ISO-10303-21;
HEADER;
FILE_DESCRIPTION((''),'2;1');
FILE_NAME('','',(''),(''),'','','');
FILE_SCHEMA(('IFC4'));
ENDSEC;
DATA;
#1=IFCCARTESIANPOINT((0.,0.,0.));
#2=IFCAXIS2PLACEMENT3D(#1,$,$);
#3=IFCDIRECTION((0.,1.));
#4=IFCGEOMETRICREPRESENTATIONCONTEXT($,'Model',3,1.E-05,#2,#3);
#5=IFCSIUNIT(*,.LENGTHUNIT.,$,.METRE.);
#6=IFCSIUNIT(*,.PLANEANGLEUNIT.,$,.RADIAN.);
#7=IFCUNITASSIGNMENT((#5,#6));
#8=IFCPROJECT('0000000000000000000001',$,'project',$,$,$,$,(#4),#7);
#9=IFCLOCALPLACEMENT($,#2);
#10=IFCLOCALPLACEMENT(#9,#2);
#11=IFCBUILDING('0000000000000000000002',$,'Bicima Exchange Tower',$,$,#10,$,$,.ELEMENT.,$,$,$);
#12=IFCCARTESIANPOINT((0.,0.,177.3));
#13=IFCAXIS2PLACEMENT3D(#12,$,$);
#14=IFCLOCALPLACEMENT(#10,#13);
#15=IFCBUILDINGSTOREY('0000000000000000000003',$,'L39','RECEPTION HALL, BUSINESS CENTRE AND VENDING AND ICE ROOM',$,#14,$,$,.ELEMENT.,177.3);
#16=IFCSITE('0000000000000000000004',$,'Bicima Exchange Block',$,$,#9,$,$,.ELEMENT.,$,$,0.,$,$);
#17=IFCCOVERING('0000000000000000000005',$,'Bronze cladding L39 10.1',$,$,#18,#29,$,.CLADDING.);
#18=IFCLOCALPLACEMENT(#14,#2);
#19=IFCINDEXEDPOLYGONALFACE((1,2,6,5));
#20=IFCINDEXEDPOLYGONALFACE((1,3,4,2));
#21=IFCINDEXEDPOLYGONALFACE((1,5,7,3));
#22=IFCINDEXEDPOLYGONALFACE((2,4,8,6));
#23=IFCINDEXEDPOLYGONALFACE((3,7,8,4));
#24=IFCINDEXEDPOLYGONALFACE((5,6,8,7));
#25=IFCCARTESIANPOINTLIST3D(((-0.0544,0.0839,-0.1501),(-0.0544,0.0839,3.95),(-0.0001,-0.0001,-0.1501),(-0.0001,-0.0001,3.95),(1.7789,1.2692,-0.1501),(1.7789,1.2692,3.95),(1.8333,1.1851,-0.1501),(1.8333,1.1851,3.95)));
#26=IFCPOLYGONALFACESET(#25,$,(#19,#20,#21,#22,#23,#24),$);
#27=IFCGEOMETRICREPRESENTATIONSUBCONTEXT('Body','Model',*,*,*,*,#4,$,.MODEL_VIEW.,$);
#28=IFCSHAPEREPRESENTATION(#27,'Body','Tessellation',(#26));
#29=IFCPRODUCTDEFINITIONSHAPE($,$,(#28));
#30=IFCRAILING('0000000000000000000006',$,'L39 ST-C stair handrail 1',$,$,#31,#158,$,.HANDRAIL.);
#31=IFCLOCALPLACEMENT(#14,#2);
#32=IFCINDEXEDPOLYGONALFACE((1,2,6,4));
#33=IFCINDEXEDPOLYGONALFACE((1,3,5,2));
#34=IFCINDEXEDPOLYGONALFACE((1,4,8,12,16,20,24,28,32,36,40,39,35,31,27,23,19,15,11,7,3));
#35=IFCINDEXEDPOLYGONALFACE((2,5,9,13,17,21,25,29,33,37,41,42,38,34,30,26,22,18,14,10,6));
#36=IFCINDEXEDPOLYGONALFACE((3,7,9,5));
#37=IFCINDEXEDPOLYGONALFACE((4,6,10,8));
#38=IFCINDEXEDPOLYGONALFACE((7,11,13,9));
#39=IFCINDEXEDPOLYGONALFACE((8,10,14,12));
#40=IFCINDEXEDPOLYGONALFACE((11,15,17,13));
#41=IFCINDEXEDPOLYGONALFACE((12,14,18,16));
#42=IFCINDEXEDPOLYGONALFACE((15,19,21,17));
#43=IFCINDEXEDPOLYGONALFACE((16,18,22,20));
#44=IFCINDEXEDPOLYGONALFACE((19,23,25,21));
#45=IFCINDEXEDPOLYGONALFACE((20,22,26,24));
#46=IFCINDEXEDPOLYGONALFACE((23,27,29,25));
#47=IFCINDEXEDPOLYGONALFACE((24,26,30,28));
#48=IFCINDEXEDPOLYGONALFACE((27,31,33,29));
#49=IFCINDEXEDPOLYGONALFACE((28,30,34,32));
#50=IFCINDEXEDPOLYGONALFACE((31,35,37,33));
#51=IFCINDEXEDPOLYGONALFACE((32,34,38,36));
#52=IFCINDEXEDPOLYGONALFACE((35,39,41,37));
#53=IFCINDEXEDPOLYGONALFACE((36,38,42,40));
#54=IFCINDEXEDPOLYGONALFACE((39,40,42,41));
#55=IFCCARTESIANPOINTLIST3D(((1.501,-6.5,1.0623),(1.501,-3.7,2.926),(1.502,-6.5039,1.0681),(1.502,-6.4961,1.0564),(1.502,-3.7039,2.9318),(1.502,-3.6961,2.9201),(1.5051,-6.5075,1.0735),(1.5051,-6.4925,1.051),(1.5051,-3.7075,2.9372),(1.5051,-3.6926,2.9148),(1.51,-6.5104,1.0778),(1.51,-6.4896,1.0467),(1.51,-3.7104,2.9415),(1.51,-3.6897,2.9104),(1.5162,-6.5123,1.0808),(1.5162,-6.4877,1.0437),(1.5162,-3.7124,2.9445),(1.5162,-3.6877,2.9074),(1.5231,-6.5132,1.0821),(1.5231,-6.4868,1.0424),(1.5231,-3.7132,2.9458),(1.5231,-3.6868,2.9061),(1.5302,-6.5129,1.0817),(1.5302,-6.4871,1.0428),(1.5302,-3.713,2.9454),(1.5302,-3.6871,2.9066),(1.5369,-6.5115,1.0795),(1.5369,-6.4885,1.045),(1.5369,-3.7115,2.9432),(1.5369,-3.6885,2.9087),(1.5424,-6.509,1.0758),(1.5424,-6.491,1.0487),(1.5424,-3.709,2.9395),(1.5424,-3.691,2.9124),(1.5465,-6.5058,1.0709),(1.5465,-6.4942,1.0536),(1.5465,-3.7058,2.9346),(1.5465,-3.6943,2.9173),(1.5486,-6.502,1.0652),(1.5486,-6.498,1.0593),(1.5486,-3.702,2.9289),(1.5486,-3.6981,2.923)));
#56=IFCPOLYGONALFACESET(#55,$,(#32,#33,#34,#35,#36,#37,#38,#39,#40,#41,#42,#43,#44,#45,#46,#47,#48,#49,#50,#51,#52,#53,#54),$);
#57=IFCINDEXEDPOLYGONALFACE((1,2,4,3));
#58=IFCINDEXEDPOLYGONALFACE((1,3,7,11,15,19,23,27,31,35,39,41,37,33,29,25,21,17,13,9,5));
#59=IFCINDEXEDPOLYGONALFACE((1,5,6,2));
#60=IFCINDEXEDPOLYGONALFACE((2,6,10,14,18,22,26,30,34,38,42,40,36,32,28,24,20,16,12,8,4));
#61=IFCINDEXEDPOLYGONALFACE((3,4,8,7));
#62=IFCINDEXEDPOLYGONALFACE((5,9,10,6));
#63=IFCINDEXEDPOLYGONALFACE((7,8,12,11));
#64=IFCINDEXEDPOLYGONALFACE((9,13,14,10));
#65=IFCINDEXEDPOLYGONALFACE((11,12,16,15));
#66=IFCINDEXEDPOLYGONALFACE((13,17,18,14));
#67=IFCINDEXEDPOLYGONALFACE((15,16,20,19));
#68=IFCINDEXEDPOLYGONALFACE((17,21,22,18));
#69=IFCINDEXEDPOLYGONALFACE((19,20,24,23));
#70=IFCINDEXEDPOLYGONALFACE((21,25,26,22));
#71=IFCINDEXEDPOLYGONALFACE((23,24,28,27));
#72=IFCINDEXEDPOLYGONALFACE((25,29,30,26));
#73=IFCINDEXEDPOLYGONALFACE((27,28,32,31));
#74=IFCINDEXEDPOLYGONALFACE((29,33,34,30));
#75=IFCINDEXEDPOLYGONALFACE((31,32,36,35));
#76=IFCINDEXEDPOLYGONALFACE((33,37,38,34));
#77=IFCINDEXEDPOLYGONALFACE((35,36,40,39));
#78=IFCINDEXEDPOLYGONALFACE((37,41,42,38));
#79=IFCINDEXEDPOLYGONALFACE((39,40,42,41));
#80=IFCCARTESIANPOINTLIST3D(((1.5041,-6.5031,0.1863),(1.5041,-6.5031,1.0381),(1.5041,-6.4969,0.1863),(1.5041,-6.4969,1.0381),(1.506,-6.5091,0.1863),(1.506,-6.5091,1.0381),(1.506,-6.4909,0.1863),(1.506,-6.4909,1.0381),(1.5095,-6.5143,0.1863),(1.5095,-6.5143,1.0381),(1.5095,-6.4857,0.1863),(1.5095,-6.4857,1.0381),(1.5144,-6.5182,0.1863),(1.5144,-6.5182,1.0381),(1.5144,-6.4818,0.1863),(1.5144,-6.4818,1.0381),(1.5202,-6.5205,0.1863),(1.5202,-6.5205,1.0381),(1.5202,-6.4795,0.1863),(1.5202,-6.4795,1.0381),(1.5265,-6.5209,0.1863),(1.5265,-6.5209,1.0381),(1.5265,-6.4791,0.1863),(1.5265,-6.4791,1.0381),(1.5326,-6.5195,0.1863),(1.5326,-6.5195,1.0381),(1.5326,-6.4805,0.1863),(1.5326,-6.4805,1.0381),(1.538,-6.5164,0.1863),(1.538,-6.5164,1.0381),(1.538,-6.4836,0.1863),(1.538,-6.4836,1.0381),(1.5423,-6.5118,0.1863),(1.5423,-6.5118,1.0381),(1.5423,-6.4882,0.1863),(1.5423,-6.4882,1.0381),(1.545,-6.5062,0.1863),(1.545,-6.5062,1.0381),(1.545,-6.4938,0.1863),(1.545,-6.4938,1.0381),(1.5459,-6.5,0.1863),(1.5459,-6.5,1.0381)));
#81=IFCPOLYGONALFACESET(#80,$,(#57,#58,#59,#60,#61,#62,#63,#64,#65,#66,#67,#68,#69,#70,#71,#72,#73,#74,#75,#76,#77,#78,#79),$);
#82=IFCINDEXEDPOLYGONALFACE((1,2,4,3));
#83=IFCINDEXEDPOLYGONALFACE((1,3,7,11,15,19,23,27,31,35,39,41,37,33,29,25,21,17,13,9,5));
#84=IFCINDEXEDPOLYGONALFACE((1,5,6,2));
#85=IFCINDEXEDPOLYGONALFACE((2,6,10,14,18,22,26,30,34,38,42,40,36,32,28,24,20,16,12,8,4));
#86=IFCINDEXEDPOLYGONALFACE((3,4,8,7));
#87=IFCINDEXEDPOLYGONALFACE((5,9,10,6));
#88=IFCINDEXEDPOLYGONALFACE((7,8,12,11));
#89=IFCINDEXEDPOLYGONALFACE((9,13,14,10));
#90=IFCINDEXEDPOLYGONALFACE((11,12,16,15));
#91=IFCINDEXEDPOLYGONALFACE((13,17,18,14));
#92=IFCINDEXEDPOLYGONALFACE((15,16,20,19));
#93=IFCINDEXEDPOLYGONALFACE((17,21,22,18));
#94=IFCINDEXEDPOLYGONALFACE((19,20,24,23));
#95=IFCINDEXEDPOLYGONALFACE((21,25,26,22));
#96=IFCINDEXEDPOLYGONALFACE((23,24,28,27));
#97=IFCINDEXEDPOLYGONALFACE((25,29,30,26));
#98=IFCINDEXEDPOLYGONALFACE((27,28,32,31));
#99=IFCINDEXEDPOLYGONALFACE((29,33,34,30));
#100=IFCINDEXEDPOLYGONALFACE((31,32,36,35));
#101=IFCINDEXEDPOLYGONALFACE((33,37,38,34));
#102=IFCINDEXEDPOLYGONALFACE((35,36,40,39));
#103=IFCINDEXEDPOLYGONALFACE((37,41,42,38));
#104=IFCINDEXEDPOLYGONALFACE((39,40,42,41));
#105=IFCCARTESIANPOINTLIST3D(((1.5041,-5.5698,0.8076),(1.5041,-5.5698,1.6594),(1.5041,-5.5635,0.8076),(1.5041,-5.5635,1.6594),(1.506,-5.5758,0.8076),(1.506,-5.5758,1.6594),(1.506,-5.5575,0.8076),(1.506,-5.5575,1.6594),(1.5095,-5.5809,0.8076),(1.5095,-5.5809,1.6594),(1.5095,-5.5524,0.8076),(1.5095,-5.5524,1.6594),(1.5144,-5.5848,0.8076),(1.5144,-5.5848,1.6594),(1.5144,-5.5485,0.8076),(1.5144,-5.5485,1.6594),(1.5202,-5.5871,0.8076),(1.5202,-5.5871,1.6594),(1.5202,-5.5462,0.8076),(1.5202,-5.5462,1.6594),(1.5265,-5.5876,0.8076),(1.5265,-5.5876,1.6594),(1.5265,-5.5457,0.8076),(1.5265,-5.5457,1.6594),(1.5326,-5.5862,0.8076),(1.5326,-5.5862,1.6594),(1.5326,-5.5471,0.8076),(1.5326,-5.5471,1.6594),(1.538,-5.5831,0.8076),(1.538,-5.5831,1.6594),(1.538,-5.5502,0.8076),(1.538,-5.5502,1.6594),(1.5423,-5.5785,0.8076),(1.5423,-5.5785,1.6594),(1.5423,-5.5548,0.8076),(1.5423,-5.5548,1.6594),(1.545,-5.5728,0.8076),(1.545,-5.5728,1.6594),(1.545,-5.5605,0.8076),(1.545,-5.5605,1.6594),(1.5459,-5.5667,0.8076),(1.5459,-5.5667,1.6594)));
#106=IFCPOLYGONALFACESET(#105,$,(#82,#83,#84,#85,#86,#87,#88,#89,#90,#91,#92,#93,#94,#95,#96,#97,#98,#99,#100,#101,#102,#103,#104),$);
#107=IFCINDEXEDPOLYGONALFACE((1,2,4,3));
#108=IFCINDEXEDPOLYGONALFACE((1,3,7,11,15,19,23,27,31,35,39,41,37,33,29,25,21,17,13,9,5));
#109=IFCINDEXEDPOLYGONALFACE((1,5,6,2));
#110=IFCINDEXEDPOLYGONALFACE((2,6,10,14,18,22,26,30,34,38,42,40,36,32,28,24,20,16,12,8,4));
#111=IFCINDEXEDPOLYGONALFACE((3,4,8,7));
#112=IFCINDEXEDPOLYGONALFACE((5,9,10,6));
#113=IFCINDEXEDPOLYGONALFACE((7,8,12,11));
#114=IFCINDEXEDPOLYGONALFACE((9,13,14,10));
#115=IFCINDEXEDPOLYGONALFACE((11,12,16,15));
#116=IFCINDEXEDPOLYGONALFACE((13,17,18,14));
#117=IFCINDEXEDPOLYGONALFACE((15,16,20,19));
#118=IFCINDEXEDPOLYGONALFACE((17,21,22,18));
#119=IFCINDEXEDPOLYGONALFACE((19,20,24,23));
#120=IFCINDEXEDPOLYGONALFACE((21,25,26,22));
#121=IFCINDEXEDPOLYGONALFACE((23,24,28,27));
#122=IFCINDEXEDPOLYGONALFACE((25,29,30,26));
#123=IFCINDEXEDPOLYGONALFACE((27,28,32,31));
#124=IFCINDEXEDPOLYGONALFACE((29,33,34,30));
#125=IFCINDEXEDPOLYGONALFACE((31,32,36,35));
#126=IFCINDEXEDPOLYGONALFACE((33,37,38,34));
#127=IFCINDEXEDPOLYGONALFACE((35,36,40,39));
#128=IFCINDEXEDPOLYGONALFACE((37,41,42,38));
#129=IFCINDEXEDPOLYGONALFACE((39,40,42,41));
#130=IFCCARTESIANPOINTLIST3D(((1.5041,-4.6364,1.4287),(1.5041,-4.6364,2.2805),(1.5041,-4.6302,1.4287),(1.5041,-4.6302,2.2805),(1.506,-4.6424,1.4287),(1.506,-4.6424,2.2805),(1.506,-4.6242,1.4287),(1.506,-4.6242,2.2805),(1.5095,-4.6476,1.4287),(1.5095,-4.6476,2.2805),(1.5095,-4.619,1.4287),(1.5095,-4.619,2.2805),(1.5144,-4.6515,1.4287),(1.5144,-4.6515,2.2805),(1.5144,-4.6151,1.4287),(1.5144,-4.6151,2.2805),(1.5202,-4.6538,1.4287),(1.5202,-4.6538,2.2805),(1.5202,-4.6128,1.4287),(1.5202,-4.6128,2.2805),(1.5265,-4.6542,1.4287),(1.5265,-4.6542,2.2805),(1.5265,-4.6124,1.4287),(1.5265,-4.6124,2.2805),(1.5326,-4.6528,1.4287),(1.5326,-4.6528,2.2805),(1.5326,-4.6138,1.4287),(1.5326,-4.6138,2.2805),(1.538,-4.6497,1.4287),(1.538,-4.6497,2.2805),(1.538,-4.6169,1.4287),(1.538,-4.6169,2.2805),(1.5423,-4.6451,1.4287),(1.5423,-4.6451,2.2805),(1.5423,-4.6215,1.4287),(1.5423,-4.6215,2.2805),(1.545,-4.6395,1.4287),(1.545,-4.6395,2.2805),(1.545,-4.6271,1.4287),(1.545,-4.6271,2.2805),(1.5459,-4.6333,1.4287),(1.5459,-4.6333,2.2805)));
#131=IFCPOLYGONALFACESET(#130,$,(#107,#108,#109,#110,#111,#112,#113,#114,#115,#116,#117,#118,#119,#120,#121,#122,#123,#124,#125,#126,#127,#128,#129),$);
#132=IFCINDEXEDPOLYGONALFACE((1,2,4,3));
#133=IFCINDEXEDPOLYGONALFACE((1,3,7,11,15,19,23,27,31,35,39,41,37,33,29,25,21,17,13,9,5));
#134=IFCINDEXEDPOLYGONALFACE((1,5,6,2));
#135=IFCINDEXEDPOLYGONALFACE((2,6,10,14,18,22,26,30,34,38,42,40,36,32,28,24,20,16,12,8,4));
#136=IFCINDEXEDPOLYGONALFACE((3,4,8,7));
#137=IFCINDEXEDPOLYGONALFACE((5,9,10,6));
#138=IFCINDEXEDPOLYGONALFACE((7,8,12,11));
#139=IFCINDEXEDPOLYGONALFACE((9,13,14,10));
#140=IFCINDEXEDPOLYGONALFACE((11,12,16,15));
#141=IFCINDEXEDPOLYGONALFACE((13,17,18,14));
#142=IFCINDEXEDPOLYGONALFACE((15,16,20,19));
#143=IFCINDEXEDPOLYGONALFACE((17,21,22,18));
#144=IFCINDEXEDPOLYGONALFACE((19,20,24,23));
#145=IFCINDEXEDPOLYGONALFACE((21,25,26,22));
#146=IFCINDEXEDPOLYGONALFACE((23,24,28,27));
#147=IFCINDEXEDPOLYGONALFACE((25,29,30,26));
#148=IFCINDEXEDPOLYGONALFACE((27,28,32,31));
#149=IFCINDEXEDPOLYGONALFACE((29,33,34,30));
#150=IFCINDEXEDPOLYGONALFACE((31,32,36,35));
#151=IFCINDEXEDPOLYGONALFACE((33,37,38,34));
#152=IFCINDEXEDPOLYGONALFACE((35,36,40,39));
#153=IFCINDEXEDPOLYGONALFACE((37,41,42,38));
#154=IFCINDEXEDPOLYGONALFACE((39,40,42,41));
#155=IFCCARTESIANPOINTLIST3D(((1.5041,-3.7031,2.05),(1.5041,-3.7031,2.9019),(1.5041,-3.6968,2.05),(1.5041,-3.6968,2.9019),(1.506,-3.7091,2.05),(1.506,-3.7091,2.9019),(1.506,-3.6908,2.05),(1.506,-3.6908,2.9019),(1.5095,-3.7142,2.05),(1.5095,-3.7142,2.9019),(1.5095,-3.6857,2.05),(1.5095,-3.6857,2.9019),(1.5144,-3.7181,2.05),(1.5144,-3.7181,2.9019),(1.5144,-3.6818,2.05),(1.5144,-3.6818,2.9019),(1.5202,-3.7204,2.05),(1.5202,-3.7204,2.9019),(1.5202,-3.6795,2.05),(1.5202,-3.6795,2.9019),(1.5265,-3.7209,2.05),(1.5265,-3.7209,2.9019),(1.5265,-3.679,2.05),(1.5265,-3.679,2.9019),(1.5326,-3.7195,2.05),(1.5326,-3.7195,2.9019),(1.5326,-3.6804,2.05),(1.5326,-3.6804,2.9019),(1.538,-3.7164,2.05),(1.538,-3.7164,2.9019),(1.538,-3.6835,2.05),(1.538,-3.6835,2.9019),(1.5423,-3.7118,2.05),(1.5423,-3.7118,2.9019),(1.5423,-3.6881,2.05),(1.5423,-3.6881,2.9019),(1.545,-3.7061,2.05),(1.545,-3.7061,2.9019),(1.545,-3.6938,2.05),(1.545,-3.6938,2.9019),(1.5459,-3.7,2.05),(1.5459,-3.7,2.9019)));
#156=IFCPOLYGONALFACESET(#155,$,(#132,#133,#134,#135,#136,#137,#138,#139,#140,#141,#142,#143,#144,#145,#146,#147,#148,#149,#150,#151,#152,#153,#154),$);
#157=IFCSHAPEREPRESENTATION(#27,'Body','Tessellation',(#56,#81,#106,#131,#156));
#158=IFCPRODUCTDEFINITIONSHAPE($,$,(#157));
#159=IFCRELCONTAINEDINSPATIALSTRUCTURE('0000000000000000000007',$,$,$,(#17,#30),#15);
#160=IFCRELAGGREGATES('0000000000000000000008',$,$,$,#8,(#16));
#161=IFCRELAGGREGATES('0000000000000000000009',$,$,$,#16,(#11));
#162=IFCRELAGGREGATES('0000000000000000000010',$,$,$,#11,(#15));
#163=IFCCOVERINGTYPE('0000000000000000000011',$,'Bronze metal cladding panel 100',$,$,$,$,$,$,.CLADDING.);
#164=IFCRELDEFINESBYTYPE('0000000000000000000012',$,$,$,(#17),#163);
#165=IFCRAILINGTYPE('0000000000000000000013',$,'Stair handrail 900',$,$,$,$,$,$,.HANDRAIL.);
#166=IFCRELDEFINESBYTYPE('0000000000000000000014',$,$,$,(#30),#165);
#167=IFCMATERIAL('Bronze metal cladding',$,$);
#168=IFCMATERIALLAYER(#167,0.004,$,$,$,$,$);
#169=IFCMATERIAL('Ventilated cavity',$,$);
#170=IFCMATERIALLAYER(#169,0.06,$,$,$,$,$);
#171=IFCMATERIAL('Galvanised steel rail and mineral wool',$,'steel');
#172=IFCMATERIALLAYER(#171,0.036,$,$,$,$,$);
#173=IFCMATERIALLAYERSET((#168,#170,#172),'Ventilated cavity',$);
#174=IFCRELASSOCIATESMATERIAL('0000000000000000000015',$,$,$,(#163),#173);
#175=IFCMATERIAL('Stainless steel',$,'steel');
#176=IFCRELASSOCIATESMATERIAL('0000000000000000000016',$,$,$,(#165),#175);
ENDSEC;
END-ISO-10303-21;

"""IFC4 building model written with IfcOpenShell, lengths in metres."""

from ifc_helpers import new_model, si_unit, direction, frame, origin, origin_2d, place, context, subcontext, project, spatial, rectangle, circle, extrude, material, layer, layer_set, type_object, element, save


model = new_model("IFC4")

# Units and contexts
model_context = context("Model", 3, precision=1e-05, world=origin(), true_north=direction((0.0, 1.0)))
body_context = subcontext(model_context, "Body", "Model", "MODEL_VIEW")
ifc_project = project(units=[si_unit("LENGTHUNIT", "METRE"), si_unit("PLANEANGLEUNIT", "RADIAN")], contexts=[model_context])

# Site, building, storey
site_placement = place(None, origin())
site = spatial("IfcSite", under=ifc_project, at=site_placement, Name="Bicima Exchange Block", CompositionType="ELEMENT", RefElevation=0.0)
building_placement = place(site_placement, origin())
building = spatial("IfcBuilding", under=site, at=building_placement, Name="Bicima Exchange Tower", CompositionType="ELEMENT")
storey_placement = place(building_placement, frame((0.0, 0.0, 177.3)))
storey = spatial("IfcBuildingStorey", under=building, at=storey_placement, Name="L39", Description="RECEPTION HALL, BUSINESS CENTRE AND VENDING AND ICE ROOM", CompositionType="ELEMENT", Elevation=177.3)

# Shared definitions
ifc_material_1 = material(Name="Stainless steel", Category="steel")

# Covering
ifc_material_2 = material(Name="Bronze metal cladding")
ifc_layer_1 = layer(ifc_material_2, 0.004)
ifc_material_3 = material(Name="Ventilated cavity")
ifc_layer_2 = layer(ifc_material_3, 0.06)
ifc_material_4 = material(Name="Galvanised steel rail and mineral wool", Category="steel")
ifc_layer_3 = layer(ifc_material_4, 0.036)
ifc_layer_set_1 = layer_set([ifc_layer_1, ifc_layer_2, ifc_layer_3], Name="Ventilated cavity")
covering_type = type_object("IfcCoveringType", Name="Bronze metal cladding panel 100", PredefinedType="CLADDING", material=ifc_layer_set_1)
covering_1_placement = place(storey_placement, frame((0.8894, 0.6345, -0.1501), z_axis=(0.0, 0.0, 1.0), x_axis=(-0.83979, -0.542911, 0.0)))
element("IfcCovering", 1, at=covering_1_placement, inside=storey, type_object=covering_type, Name="Bronze cladding L39 10.1", PredefinedType="CLADDING", context=body_context, shape_type="SweptSolid", body=[
    extrude(rectangle(XDim=2.1831, YDim=0.1001, at=origin_2d()), origin(), (0.0, 0.0, 1.0), 4.1001),
])

# Railing
railing_type_1 = type_object("IfcRailingType", Name="Stair handrail 900", PredefinedType="HANDRAIL", material=ifc_material_1)
railing_1_placement = place(storey_placement, frame((1.5249, -6.5, 0.1863)))
element("IfcRailing", 2, at=railing_1_placement, inside=storey, type_object=railing_type_1, Name="L39 ST-C stair handrail 1", PredefinedType="HANDRAIL", context=body_context, shape_type="SweptSolid", body=[
    extrude(circle(Radius=0.0239, at=origin_2d()), frame((0.0, 0.0, 0.876), z_axis=(0.0, 0.832452, 0.554097), x_axis=(-1.0, 0.0, 0.0)), (0.0, 0.0, 1.0), 3.3635),
    extrude(circle(Radius=0.021, at=origin_2d()), origin(), (0.0, 0.0, 1.0), 0.8518),
    extrude(circle(Radius=0.021, at=origin_2d()), frame((0.0, 0.9333, 0.6213)), (0.0, 0.0, 1.0), 0.8518),
    extrude(circle(Radius=0.021, at=origin_2d()), frame((0.0, 1.8667, 1.2424)), (0.0, 0.0, 1.0), 0.8518),
    extrude(circle(Radius=0.021, at=origin_2d()), frame((0.0, 2.8, 1.8638)), (0.0, 0.0, 1.0), 0.8518),
])

save(model, "model.ifc")
